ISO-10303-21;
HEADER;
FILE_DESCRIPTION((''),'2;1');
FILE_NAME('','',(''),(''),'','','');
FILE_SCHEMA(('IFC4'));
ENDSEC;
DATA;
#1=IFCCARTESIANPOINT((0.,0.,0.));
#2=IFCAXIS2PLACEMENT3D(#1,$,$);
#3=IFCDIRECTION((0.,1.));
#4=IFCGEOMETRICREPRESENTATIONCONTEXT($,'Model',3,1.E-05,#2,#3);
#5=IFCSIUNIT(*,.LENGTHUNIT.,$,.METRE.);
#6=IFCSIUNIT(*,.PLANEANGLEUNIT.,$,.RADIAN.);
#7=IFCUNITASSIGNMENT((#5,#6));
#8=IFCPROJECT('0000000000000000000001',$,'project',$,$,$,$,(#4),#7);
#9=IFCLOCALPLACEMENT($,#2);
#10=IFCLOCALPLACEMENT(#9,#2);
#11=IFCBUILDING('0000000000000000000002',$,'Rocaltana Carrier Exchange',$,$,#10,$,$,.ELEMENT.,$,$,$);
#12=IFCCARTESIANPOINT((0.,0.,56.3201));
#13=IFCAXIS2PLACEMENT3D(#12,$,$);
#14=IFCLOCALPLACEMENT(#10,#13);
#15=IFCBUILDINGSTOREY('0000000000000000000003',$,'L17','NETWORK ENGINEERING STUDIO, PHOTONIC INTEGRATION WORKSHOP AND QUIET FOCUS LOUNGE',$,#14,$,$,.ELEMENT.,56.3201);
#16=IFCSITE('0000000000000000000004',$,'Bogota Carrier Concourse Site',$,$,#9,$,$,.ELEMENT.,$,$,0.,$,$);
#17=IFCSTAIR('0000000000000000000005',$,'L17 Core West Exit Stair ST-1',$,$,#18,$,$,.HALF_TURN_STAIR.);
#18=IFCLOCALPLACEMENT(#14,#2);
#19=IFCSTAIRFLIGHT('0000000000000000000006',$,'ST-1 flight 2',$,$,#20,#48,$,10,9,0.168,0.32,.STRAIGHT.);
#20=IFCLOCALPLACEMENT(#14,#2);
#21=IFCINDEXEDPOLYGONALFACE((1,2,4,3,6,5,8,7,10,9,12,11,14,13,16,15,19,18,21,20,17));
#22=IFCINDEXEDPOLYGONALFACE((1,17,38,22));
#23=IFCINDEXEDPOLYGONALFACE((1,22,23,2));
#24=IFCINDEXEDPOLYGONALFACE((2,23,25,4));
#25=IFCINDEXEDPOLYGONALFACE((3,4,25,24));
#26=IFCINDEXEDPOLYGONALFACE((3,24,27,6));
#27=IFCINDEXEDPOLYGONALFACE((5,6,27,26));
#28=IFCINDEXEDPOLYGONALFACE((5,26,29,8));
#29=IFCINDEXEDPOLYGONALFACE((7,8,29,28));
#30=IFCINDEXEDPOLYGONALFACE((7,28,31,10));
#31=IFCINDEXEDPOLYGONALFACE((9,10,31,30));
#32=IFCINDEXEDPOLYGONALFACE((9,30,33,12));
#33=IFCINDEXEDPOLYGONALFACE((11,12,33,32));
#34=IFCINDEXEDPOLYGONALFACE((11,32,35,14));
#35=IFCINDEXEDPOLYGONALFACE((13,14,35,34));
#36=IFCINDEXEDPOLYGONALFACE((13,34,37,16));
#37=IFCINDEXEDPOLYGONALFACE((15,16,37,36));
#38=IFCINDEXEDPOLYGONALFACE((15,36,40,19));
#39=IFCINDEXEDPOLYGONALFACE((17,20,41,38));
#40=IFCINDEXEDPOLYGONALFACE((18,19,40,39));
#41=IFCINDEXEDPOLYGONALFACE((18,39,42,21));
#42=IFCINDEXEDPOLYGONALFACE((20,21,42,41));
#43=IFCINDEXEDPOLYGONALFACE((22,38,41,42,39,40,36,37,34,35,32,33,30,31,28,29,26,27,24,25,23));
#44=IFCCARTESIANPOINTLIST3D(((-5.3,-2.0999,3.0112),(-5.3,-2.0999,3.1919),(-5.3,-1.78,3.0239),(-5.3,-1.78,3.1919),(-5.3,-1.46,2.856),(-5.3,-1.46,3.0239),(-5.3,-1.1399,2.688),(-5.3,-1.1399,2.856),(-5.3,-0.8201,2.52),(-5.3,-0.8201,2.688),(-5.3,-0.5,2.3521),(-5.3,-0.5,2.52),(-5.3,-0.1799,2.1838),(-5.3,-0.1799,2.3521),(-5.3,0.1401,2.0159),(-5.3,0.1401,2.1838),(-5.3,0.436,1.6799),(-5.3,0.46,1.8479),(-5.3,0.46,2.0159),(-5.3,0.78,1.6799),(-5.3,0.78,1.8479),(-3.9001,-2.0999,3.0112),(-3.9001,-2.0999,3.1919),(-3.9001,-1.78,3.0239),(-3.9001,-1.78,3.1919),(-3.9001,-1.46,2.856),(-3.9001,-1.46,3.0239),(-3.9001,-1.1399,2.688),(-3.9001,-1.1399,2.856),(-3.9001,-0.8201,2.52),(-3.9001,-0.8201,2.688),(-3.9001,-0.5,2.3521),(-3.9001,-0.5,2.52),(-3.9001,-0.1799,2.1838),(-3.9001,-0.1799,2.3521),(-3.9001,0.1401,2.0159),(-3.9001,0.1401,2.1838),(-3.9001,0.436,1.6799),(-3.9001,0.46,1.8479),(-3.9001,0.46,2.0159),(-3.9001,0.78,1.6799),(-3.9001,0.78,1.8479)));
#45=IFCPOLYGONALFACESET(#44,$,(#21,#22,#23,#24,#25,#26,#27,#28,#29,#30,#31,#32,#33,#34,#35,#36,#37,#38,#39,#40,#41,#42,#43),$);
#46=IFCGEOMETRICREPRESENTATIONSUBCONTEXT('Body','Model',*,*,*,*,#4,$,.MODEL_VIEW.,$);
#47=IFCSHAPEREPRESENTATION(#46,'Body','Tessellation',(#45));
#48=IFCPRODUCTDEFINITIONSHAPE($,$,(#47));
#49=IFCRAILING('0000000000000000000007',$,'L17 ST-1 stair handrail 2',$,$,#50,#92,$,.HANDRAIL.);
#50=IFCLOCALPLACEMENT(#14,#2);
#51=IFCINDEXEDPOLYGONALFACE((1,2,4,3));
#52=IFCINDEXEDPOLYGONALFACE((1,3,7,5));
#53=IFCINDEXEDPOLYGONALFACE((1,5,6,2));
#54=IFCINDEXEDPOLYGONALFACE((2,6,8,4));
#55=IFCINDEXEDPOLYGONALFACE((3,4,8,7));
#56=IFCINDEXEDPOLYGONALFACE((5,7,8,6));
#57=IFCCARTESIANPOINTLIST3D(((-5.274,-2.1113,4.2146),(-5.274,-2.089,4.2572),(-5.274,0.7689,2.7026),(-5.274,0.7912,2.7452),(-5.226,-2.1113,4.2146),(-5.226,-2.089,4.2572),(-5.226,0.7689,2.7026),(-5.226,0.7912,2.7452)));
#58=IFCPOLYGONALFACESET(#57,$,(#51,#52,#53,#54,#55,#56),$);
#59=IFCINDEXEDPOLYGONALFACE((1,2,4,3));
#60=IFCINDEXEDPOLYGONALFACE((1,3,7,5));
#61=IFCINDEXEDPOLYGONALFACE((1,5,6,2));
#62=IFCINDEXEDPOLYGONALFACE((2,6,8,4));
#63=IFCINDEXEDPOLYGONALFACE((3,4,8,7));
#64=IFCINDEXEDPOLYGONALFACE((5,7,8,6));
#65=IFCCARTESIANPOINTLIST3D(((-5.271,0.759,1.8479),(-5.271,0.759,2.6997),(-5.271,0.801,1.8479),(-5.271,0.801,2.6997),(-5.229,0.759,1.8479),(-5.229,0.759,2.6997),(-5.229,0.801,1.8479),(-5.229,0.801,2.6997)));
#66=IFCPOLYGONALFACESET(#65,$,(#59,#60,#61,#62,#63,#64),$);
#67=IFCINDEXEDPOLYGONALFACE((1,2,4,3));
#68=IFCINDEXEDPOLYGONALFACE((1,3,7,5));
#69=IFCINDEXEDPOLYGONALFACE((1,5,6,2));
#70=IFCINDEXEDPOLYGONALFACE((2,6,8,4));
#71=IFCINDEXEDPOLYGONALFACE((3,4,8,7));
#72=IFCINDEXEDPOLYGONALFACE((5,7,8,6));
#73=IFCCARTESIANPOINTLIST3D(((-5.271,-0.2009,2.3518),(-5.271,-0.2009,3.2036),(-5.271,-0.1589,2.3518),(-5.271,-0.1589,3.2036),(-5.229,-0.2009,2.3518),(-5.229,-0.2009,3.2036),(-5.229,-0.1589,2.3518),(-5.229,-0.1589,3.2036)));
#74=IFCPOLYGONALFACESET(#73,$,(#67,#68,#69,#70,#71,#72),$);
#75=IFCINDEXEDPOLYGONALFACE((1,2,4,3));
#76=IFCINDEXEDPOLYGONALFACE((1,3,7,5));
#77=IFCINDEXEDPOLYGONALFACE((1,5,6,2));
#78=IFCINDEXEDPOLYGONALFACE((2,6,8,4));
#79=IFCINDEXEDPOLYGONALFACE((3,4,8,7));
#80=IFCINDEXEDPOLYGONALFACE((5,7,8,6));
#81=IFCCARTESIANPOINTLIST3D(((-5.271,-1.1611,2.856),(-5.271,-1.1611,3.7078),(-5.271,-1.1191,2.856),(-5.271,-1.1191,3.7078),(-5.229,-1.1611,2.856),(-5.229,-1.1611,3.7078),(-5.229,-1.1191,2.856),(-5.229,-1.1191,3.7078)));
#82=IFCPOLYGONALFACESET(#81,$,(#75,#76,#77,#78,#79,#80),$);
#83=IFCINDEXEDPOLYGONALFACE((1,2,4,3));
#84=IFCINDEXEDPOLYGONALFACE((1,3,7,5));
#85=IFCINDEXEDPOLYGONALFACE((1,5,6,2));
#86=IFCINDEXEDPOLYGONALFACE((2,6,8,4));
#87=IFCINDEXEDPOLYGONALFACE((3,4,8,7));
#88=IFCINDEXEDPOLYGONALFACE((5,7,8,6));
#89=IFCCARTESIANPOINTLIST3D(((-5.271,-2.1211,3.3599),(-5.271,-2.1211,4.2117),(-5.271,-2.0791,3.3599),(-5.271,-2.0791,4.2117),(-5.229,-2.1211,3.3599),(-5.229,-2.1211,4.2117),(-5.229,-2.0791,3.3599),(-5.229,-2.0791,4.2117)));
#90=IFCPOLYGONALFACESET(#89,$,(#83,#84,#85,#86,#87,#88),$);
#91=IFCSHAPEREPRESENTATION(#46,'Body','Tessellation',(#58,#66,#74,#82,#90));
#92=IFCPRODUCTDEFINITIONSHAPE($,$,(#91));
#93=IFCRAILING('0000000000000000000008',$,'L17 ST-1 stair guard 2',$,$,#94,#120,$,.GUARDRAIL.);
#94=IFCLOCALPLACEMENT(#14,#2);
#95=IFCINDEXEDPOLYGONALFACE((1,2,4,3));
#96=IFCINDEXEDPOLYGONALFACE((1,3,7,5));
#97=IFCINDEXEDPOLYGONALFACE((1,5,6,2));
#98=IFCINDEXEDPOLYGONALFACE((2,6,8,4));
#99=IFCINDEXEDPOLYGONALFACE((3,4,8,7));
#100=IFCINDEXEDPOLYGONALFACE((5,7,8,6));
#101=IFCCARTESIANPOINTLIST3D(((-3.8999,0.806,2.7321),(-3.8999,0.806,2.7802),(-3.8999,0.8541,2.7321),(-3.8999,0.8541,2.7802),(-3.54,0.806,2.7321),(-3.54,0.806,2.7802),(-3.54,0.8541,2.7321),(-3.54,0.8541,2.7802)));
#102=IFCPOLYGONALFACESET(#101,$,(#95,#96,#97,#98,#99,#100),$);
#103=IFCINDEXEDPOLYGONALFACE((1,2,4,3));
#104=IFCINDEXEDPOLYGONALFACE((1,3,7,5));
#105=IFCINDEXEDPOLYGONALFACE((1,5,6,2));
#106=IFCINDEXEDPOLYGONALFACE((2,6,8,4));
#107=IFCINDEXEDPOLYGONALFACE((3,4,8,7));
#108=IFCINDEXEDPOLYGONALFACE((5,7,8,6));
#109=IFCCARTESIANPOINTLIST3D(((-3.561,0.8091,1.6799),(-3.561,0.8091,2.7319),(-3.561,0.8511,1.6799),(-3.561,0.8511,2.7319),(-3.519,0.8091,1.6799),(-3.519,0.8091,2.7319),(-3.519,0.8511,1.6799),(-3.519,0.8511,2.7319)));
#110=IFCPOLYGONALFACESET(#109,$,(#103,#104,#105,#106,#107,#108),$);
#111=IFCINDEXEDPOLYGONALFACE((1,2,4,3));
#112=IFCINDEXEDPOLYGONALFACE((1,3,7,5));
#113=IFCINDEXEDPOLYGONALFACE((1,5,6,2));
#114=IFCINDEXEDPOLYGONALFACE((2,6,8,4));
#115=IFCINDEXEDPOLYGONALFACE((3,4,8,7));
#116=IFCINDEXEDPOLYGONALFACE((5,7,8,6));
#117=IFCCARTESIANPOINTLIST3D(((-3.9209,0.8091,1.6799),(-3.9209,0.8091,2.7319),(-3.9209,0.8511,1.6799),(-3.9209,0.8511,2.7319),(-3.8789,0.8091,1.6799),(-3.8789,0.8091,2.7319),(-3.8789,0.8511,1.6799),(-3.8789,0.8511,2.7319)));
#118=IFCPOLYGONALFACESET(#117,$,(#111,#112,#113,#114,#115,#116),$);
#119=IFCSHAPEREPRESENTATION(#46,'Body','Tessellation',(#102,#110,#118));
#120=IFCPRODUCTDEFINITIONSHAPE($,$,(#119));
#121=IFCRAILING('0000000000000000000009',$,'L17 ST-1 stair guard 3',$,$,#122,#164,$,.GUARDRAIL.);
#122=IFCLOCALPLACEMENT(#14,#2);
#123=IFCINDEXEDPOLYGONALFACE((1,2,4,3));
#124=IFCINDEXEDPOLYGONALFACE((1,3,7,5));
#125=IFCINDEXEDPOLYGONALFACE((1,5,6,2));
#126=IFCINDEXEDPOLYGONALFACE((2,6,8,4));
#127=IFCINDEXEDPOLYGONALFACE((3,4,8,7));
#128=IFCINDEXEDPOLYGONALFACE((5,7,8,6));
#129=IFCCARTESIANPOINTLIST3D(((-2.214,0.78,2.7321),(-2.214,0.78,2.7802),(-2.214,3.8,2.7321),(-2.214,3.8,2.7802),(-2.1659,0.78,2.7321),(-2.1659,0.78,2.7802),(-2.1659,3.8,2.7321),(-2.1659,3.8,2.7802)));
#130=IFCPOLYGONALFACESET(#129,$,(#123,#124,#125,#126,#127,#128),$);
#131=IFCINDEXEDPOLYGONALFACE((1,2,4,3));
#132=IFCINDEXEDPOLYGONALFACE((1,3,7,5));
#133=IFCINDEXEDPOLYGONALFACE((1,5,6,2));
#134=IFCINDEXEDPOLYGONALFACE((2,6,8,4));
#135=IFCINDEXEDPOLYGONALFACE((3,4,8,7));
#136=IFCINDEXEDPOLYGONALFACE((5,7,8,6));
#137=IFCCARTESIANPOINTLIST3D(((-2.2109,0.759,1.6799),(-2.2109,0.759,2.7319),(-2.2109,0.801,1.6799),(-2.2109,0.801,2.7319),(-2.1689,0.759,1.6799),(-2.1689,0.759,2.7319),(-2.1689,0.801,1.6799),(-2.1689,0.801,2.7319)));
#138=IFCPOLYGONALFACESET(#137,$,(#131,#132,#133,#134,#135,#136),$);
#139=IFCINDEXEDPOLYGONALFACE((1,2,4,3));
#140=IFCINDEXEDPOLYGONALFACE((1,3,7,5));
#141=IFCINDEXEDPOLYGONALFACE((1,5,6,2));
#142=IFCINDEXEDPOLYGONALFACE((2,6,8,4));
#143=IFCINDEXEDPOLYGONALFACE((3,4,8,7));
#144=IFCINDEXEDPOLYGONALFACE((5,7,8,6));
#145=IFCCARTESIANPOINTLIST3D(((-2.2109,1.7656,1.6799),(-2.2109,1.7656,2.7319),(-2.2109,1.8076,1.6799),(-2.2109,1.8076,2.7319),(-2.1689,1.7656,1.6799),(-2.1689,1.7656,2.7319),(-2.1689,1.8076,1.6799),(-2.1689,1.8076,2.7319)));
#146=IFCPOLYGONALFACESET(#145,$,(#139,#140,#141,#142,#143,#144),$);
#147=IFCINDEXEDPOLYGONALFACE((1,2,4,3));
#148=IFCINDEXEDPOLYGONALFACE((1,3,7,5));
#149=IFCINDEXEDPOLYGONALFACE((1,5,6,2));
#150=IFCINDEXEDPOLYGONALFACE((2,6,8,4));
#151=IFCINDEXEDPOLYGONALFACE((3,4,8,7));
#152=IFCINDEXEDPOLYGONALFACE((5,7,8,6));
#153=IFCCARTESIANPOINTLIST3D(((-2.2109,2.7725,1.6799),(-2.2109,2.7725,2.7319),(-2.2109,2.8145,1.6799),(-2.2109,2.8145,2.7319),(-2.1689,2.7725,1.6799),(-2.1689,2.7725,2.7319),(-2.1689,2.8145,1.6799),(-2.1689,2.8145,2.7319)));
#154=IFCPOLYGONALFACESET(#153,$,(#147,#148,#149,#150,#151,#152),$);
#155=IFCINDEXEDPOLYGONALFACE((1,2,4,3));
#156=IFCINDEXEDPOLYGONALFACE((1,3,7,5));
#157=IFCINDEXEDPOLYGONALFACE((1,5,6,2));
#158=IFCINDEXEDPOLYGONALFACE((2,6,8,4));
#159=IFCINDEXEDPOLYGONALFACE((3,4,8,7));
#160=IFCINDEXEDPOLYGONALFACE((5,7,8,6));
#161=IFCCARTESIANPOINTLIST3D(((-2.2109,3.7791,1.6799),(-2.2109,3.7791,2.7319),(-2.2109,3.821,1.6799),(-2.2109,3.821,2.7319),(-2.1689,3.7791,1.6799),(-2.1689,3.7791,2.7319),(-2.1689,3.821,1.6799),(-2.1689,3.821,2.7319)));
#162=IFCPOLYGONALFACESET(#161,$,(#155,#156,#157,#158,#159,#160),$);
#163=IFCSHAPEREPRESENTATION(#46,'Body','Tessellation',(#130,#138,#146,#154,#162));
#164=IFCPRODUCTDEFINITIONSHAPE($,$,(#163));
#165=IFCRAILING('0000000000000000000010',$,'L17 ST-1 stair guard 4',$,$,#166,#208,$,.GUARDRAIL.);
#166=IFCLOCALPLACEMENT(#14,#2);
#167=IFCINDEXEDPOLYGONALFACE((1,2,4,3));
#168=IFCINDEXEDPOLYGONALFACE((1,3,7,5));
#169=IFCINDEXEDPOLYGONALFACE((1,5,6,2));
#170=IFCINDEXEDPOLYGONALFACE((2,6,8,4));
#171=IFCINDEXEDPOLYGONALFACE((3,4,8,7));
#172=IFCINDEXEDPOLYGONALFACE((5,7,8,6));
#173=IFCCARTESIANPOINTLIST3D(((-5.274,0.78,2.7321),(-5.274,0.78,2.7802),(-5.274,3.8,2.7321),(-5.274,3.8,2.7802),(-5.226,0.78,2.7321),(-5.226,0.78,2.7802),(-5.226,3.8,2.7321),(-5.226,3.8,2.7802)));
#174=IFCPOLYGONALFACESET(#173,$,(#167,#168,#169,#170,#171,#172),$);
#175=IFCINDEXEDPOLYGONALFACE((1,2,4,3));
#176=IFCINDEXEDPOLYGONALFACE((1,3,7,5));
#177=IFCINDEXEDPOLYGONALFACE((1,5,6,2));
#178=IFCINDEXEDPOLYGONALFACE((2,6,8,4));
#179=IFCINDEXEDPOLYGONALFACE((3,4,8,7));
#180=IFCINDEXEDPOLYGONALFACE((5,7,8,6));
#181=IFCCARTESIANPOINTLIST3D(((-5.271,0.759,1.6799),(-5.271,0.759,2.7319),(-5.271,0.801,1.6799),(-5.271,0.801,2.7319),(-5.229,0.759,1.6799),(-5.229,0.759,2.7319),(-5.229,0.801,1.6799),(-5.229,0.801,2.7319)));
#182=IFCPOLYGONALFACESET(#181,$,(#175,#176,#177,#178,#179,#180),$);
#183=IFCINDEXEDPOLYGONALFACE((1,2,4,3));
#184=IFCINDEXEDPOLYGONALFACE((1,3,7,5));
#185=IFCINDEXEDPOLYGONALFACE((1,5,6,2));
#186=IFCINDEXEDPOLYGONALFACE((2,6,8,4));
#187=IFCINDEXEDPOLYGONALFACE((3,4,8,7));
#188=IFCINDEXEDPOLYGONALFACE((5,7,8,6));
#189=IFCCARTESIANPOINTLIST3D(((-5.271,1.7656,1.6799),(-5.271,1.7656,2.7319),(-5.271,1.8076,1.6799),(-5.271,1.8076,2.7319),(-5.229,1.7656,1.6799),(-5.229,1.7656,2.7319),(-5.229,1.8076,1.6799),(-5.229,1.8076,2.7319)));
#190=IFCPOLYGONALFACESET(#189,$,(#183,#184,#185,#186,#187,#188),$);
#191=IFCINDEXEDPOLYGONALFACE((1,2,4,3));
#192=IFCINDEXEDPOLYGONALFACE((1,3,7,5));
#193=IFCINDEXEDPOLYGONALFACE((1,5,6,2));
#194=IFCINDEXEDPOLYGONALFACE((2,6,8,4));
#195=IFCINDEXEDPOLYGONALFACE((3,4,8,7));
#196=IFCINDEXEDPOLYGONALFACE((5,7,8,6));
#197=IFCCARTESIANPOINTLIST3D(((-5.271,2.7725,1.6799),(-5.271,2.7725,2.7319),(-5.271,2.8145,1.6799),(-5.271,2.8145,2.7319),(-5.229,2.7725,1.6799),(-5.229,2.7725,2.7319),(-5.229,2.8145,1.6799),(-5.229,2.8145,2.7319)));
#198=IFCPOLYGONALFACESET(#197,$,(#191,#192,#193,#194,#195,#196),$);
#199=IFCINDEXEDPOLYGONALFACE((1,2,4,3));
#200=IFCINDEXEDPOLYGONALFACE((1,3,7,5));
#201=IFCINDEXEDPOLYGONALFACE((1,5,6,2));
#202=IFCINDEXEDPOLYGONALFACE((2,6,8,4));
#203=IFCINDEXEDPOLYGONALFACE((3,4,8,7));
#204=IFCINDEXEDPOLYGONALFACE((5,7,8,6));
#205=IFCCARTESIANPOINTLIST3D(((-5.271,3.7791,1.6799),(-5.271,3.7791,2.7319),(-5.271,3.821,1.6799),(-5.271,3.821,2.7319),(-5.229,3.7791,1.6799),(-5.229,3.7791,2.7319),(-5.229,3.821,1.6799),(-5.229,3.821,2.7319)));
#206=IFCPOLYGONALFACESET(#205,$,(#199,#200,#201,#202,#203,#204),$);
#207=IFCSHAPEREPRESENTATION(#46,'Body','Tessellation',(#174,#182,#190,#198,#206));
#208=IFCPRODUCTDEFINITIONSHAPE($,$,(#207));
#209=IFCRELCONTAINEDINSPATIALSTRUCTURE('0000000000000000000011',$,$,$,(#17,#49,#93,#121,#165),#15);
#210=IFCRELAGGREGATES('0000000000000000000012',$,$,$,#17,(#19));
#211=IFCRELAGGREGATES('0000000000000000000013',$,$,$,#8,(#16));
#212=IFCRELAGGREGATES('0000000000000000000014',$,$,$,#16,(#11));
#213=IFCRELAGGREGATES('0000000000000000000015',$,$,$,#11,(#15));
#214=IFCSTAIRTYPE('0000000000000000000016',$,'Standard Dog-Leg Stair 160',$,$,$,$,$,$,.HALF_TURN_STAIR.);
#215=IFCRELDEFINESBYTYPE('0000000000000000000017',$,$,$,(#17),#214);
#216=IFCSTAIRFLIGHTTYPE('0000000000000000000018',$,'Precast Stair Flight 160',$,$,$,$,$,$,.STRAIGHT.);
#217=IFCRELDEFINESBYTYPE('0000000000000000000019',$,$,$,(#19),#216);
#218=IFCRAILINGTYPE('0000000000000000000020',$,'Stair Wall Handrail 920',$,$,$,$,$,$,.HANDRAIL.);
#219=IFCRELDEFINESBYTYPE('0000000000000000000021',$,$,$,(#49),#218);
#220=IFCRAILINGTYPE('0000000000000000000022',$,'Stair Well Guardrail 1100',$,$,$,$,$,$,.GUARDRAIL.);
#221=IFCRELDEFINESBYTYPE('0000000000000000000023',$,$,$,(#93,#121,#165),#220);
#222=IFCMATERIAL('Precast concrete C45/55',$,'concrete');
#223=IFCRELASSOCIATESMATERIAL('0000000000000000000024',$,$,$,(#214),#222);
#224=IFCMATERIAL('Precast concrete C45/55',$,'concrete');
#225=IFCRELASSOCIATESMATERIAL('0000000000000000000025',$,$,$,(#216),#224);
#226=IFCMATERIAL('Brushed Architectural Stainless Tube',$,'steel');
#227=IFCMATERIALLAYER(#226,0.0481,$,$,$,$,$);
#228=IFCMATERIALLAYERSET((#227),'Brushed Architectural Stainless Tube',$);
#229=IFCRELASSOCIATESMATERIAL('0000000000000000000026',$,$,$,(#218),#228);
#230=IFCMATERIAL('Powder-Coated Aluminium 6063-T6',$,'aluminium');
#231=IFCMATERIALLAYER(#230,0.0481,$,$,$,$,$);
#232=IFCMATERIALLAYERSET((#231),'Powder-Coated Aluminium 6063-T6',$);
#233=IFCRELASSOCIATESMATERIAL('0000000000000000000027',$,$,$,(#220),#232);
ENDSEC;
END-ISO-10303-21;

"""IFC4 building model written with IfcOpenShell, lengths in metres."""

from ifc_helpers import new_model, si_unit, direction, frame, origin, origin_2d, place, context, subcontext, project, spatial, polyline, rectangle, outline, extrude, material, layer, layer_set, type_object, element, aggregate, save


model = new_model("IFC4")

# Units and contexts
model_context = context("Model", 3, precision=1e-05, world=origin(), true_north=direction((0.0, 1.0)))
body_context = subcontext(model_context, "Body", "Model", "MODEL_VIEW")
ifc_project = project(units=[si_unit("LENGTHUNIT", "METRE"), si_unit("PLANEANGLEUNIT", "RADIAN")], contexts=[model_context])

# Site, building, storey
site_placement = place(None, origin())
site = spatial("IfcSite", under=ifc_project, at=site_placement, Name="Bogota Carrier Concourse Site", CompositionType="ELEMENT", RefElevation=0.0)
building_placement = place(site_placement, origin())
building = spatial("IfcBuilding", under=site, at=building_placement, Name="Rocaltana Carrier Exchange", CompositionType="ELEMENT")
storey_placement = place(building_placement, frame((0.0, 0.0, 56.3201)))
storey = spatial("IfcBuildingStorey", under=building, at=storey_placement, Name="L17", Description="NETWORK ENGINEERING STUDIO, PHOTONIC INTEGRATION WORKSHOP AND QUIET FOCUS LOUNGE", CompositionType="ELEMENT", Elevation=56.3201)

# Stair, stair flight
ifc_material_1 = material(Name="Precast concrete C45/55", Category="concrete")
stair_type = type_object("IfcStairType", Name="Standard Dog-Leg Stair 160", PredefinedType="HALF_TURN_STAIR", material=ifc_material_1)
stair_placement = place(storey_placement, origin())
stair = element("IfcStair", 1, at=stair_placement, inside=storey, type_object=stair_type, Name="L17 Core West Exit Stair ST-1", PredefinedType="HALF_TURN_STAIR")
ifc_material_2 = material(Name="Precast concrete C45/55", Category="concrete")
stair_flight_type = type_object("IfcStairFlightType", Name="Precast Stair Flight 160", PredefinedType="STRAIGHT", material=ifc_material_2)
stair_flight_placement = place(storey_placement, frame((-4.6001, 0.78, 1.6799), z_axis=(0.0, 0.0, 1.0), x_axis=(0.0, -1.0, 0.0)))
stair_flight = element("IfcStairFlight", 2, at=stair_flight_placement, type_object=stair_flight_type, Name="ST-1 flight 2", NumberOfRisers=10, NumberOfTreads=9, PredefinedType="STRAIGHT", RiserHeight=0.168, TreadLength=0.32, context=body_context, shape_type="SweptSolid", body=[
    extrude(outline(polyline([(0.0, 0.0), (0.0, 0.168), (0.3201, 0.168), (0.3201, 0.3359), (0.6399, 0.3359), (0.6399, 0.5039), (0.96, 0.5039), (0.96, 0.6721), (1.28, 0.6721), (1.28, 0.8401), (1.6001, 0.8401), (1.6001, 1.0081), (1.9199, 1.0081), (1.9199, 1.176), (2.24, 1.176), (2.24, 1.344), (2.5601, 1.344), (2.5601, 1.512), (2.8799, 1.512), (2.8799, 1.6799), (2.8799, 1.3313), (0.344, 0.0), (0.0, 0.0)])), frame((0.0, 0.7, 0.0), z_axis=(0.0, -1.0, 0.0), x_axis=(1.0, 0.0, 0.0)), (0.0, 0.0, 1.0), 1.3999),
])
aggregate(stair, [stair_flight])

# Railings
ifc_material_3 = material(Name="Brushed Architectural Stainless Tube", Category="steel")
ifc_layer_1 = layer(ifc_material_3, 0.0481)
ifc_layer_set_1 = layer_set([ifc_layer_1], Name="Brushed Architectural Stainless Tube")
railing_type_1 = type_object("IfcRailingType", Name="Stair Wall Handrail 920", PredefinedType="HANDRAIL", material=ifc_layer_set_1)
railing_1_placement = place(storey_placement, frame((-5.25, 0.78, 1.8479)))
element("IfcRailing", 3, at=railing_1_placement, inside=storey, type_object=railing_type_1, Name="L17 ST-1 stair handrail 2", PredefinedType="HANDRAIL", context=body_context, shape_type="SweptSolid", body=[
    extrude(rectangle(XDim=0.0481, YDim=0.0481, at=origin_2d()), frame((0.0, 0.0, 0.876), z_axis=(0.0, -0.885411, 0.464809), x_axis=(1.0, 0.0, 0.0)), (0.0, 0.0, 1.0), 3.2529),
    extrude(rectangle(XDim=0.042, YDim=0.042, at=origin_2d()), origin(), (0.0, 0.0, 1.0), 0.8518),
    extrude(rectangle(XDim=0.042, YDim=0.042, at=origin_2d()), frame((0.0, -0.96, 0.5039)), (0.0, 0.0, 1.0), 0.8518),
    extrude(rectangle(XDim=0.042, YDim=0.042, at=origin_2d()), frame((0.0, -1.9202, 1.0081)), (0.0, 0.0, 1.0), 0.8518),
    extrude(rectangle(XDim=0.042, YDim=0.042, at=origin_2d()), frame((0.0, -2.8801, 1.512)), (0.0, 0.0, 1.0), 0.8518),
])
ifc_material_4 = material(Name="Powder-Coated Aluminium 6063-T6", Category="aluminium")
ifc_layer_2 = layer(ifc_material_4, 0.0481)
ifc_layer_set_2 = layer_set([ifc_layer_2], Name="Powder-Coated Aluminium 6063-T6")
railing_type_2 = type_object("IfcRailingType", Name="Stair Well Guardrail 1100", PredefinedType="GUARDRAIL", material=ifc_layer_set_2)
railing_2_placement = place(storey_placement, frame((-3.54, 0.8301, 1.6799)))
element("IfcRailing", 4, at=railing_2_placement, inside=storey, type_object=railing_type_2, Name="L17 ST-1 stair guard 2", PredefinedType="GUARDRAIL", context=body_context, shape_type="SweptSolid", body=[
    extrude(rectangle(XDim=0.0481, YDim=0.0481, at=origin_2d()), frame((0.0, 0.0, 1.0762), z_axis=(-1.0, 0.0, 0.0), x_axis=(0.0, -1.0, 0.0)), (0.0, 0.0, 1.0), 0.3599),
    extrude(rectangle(XDim=0.042, YDim=0.042, at=origin_2d()), origin(), (0.0, 0.0, 1.0), 1.052),
    extrude(rectangle(XDim=0.042, YDim=0.042, at=origin_2d()), frame((-0.3599, 0.0, 0.0)), (0.0, 0.0, 1.0), 1.052),
])
for number, where, name in (
    (5, (-2.1899, 0.78, 1.6799), "L17 ST-1 stair guard 3"),
    (6, (-5.25, 0.78, 1.6799), "L17 ST-1 stair guard 4"),
):
    element("IfcRailing", number, at=place(storey_placement, frame(where)), inside=storey, type_object=railing_type_2, Name=name, PredefinedType="GUARDRAIL", context=body_context, shape_type="SweptSolid", body=[
        extrude(rectangle(XDim=0.0481, YDim=0.0481, at=origin_2d()), frame((0.0, 0.0, 1.0762), z_axis=(0.0, 1.0, 0.0), x_axis=(-1.0, 0.0, 0.0)), (0.0, 0.0, 1.0), 3.02),
        extrude(rectangle(XDim=0.042, YDim=0.042, at=origin_2d()), origin(), (0.0, 0.0, 1.0), 1.052),
        extrude(rectangle(XDim=0.042, YDim=0.042, at=origin_2d()), frame((0.0, 1.0066, 0.0)), (0.0, 0.0, 1.0), 1.052),
        extrude(rectangle(XDim=0.042, YDim=0.042, at=origin_2d()), frame((0.0, 2.0134, 0.0)), (0.0, 0.0, 1.0), 1.052),
        extrude(rectangle(XDim=0.042, YDim=0.042, at=origin_2d()), frame((0.0, 3.02, 0.0)), (0.0, 0.0, 1.0), 1.052),
    ])

save(model, "model.ifc")
